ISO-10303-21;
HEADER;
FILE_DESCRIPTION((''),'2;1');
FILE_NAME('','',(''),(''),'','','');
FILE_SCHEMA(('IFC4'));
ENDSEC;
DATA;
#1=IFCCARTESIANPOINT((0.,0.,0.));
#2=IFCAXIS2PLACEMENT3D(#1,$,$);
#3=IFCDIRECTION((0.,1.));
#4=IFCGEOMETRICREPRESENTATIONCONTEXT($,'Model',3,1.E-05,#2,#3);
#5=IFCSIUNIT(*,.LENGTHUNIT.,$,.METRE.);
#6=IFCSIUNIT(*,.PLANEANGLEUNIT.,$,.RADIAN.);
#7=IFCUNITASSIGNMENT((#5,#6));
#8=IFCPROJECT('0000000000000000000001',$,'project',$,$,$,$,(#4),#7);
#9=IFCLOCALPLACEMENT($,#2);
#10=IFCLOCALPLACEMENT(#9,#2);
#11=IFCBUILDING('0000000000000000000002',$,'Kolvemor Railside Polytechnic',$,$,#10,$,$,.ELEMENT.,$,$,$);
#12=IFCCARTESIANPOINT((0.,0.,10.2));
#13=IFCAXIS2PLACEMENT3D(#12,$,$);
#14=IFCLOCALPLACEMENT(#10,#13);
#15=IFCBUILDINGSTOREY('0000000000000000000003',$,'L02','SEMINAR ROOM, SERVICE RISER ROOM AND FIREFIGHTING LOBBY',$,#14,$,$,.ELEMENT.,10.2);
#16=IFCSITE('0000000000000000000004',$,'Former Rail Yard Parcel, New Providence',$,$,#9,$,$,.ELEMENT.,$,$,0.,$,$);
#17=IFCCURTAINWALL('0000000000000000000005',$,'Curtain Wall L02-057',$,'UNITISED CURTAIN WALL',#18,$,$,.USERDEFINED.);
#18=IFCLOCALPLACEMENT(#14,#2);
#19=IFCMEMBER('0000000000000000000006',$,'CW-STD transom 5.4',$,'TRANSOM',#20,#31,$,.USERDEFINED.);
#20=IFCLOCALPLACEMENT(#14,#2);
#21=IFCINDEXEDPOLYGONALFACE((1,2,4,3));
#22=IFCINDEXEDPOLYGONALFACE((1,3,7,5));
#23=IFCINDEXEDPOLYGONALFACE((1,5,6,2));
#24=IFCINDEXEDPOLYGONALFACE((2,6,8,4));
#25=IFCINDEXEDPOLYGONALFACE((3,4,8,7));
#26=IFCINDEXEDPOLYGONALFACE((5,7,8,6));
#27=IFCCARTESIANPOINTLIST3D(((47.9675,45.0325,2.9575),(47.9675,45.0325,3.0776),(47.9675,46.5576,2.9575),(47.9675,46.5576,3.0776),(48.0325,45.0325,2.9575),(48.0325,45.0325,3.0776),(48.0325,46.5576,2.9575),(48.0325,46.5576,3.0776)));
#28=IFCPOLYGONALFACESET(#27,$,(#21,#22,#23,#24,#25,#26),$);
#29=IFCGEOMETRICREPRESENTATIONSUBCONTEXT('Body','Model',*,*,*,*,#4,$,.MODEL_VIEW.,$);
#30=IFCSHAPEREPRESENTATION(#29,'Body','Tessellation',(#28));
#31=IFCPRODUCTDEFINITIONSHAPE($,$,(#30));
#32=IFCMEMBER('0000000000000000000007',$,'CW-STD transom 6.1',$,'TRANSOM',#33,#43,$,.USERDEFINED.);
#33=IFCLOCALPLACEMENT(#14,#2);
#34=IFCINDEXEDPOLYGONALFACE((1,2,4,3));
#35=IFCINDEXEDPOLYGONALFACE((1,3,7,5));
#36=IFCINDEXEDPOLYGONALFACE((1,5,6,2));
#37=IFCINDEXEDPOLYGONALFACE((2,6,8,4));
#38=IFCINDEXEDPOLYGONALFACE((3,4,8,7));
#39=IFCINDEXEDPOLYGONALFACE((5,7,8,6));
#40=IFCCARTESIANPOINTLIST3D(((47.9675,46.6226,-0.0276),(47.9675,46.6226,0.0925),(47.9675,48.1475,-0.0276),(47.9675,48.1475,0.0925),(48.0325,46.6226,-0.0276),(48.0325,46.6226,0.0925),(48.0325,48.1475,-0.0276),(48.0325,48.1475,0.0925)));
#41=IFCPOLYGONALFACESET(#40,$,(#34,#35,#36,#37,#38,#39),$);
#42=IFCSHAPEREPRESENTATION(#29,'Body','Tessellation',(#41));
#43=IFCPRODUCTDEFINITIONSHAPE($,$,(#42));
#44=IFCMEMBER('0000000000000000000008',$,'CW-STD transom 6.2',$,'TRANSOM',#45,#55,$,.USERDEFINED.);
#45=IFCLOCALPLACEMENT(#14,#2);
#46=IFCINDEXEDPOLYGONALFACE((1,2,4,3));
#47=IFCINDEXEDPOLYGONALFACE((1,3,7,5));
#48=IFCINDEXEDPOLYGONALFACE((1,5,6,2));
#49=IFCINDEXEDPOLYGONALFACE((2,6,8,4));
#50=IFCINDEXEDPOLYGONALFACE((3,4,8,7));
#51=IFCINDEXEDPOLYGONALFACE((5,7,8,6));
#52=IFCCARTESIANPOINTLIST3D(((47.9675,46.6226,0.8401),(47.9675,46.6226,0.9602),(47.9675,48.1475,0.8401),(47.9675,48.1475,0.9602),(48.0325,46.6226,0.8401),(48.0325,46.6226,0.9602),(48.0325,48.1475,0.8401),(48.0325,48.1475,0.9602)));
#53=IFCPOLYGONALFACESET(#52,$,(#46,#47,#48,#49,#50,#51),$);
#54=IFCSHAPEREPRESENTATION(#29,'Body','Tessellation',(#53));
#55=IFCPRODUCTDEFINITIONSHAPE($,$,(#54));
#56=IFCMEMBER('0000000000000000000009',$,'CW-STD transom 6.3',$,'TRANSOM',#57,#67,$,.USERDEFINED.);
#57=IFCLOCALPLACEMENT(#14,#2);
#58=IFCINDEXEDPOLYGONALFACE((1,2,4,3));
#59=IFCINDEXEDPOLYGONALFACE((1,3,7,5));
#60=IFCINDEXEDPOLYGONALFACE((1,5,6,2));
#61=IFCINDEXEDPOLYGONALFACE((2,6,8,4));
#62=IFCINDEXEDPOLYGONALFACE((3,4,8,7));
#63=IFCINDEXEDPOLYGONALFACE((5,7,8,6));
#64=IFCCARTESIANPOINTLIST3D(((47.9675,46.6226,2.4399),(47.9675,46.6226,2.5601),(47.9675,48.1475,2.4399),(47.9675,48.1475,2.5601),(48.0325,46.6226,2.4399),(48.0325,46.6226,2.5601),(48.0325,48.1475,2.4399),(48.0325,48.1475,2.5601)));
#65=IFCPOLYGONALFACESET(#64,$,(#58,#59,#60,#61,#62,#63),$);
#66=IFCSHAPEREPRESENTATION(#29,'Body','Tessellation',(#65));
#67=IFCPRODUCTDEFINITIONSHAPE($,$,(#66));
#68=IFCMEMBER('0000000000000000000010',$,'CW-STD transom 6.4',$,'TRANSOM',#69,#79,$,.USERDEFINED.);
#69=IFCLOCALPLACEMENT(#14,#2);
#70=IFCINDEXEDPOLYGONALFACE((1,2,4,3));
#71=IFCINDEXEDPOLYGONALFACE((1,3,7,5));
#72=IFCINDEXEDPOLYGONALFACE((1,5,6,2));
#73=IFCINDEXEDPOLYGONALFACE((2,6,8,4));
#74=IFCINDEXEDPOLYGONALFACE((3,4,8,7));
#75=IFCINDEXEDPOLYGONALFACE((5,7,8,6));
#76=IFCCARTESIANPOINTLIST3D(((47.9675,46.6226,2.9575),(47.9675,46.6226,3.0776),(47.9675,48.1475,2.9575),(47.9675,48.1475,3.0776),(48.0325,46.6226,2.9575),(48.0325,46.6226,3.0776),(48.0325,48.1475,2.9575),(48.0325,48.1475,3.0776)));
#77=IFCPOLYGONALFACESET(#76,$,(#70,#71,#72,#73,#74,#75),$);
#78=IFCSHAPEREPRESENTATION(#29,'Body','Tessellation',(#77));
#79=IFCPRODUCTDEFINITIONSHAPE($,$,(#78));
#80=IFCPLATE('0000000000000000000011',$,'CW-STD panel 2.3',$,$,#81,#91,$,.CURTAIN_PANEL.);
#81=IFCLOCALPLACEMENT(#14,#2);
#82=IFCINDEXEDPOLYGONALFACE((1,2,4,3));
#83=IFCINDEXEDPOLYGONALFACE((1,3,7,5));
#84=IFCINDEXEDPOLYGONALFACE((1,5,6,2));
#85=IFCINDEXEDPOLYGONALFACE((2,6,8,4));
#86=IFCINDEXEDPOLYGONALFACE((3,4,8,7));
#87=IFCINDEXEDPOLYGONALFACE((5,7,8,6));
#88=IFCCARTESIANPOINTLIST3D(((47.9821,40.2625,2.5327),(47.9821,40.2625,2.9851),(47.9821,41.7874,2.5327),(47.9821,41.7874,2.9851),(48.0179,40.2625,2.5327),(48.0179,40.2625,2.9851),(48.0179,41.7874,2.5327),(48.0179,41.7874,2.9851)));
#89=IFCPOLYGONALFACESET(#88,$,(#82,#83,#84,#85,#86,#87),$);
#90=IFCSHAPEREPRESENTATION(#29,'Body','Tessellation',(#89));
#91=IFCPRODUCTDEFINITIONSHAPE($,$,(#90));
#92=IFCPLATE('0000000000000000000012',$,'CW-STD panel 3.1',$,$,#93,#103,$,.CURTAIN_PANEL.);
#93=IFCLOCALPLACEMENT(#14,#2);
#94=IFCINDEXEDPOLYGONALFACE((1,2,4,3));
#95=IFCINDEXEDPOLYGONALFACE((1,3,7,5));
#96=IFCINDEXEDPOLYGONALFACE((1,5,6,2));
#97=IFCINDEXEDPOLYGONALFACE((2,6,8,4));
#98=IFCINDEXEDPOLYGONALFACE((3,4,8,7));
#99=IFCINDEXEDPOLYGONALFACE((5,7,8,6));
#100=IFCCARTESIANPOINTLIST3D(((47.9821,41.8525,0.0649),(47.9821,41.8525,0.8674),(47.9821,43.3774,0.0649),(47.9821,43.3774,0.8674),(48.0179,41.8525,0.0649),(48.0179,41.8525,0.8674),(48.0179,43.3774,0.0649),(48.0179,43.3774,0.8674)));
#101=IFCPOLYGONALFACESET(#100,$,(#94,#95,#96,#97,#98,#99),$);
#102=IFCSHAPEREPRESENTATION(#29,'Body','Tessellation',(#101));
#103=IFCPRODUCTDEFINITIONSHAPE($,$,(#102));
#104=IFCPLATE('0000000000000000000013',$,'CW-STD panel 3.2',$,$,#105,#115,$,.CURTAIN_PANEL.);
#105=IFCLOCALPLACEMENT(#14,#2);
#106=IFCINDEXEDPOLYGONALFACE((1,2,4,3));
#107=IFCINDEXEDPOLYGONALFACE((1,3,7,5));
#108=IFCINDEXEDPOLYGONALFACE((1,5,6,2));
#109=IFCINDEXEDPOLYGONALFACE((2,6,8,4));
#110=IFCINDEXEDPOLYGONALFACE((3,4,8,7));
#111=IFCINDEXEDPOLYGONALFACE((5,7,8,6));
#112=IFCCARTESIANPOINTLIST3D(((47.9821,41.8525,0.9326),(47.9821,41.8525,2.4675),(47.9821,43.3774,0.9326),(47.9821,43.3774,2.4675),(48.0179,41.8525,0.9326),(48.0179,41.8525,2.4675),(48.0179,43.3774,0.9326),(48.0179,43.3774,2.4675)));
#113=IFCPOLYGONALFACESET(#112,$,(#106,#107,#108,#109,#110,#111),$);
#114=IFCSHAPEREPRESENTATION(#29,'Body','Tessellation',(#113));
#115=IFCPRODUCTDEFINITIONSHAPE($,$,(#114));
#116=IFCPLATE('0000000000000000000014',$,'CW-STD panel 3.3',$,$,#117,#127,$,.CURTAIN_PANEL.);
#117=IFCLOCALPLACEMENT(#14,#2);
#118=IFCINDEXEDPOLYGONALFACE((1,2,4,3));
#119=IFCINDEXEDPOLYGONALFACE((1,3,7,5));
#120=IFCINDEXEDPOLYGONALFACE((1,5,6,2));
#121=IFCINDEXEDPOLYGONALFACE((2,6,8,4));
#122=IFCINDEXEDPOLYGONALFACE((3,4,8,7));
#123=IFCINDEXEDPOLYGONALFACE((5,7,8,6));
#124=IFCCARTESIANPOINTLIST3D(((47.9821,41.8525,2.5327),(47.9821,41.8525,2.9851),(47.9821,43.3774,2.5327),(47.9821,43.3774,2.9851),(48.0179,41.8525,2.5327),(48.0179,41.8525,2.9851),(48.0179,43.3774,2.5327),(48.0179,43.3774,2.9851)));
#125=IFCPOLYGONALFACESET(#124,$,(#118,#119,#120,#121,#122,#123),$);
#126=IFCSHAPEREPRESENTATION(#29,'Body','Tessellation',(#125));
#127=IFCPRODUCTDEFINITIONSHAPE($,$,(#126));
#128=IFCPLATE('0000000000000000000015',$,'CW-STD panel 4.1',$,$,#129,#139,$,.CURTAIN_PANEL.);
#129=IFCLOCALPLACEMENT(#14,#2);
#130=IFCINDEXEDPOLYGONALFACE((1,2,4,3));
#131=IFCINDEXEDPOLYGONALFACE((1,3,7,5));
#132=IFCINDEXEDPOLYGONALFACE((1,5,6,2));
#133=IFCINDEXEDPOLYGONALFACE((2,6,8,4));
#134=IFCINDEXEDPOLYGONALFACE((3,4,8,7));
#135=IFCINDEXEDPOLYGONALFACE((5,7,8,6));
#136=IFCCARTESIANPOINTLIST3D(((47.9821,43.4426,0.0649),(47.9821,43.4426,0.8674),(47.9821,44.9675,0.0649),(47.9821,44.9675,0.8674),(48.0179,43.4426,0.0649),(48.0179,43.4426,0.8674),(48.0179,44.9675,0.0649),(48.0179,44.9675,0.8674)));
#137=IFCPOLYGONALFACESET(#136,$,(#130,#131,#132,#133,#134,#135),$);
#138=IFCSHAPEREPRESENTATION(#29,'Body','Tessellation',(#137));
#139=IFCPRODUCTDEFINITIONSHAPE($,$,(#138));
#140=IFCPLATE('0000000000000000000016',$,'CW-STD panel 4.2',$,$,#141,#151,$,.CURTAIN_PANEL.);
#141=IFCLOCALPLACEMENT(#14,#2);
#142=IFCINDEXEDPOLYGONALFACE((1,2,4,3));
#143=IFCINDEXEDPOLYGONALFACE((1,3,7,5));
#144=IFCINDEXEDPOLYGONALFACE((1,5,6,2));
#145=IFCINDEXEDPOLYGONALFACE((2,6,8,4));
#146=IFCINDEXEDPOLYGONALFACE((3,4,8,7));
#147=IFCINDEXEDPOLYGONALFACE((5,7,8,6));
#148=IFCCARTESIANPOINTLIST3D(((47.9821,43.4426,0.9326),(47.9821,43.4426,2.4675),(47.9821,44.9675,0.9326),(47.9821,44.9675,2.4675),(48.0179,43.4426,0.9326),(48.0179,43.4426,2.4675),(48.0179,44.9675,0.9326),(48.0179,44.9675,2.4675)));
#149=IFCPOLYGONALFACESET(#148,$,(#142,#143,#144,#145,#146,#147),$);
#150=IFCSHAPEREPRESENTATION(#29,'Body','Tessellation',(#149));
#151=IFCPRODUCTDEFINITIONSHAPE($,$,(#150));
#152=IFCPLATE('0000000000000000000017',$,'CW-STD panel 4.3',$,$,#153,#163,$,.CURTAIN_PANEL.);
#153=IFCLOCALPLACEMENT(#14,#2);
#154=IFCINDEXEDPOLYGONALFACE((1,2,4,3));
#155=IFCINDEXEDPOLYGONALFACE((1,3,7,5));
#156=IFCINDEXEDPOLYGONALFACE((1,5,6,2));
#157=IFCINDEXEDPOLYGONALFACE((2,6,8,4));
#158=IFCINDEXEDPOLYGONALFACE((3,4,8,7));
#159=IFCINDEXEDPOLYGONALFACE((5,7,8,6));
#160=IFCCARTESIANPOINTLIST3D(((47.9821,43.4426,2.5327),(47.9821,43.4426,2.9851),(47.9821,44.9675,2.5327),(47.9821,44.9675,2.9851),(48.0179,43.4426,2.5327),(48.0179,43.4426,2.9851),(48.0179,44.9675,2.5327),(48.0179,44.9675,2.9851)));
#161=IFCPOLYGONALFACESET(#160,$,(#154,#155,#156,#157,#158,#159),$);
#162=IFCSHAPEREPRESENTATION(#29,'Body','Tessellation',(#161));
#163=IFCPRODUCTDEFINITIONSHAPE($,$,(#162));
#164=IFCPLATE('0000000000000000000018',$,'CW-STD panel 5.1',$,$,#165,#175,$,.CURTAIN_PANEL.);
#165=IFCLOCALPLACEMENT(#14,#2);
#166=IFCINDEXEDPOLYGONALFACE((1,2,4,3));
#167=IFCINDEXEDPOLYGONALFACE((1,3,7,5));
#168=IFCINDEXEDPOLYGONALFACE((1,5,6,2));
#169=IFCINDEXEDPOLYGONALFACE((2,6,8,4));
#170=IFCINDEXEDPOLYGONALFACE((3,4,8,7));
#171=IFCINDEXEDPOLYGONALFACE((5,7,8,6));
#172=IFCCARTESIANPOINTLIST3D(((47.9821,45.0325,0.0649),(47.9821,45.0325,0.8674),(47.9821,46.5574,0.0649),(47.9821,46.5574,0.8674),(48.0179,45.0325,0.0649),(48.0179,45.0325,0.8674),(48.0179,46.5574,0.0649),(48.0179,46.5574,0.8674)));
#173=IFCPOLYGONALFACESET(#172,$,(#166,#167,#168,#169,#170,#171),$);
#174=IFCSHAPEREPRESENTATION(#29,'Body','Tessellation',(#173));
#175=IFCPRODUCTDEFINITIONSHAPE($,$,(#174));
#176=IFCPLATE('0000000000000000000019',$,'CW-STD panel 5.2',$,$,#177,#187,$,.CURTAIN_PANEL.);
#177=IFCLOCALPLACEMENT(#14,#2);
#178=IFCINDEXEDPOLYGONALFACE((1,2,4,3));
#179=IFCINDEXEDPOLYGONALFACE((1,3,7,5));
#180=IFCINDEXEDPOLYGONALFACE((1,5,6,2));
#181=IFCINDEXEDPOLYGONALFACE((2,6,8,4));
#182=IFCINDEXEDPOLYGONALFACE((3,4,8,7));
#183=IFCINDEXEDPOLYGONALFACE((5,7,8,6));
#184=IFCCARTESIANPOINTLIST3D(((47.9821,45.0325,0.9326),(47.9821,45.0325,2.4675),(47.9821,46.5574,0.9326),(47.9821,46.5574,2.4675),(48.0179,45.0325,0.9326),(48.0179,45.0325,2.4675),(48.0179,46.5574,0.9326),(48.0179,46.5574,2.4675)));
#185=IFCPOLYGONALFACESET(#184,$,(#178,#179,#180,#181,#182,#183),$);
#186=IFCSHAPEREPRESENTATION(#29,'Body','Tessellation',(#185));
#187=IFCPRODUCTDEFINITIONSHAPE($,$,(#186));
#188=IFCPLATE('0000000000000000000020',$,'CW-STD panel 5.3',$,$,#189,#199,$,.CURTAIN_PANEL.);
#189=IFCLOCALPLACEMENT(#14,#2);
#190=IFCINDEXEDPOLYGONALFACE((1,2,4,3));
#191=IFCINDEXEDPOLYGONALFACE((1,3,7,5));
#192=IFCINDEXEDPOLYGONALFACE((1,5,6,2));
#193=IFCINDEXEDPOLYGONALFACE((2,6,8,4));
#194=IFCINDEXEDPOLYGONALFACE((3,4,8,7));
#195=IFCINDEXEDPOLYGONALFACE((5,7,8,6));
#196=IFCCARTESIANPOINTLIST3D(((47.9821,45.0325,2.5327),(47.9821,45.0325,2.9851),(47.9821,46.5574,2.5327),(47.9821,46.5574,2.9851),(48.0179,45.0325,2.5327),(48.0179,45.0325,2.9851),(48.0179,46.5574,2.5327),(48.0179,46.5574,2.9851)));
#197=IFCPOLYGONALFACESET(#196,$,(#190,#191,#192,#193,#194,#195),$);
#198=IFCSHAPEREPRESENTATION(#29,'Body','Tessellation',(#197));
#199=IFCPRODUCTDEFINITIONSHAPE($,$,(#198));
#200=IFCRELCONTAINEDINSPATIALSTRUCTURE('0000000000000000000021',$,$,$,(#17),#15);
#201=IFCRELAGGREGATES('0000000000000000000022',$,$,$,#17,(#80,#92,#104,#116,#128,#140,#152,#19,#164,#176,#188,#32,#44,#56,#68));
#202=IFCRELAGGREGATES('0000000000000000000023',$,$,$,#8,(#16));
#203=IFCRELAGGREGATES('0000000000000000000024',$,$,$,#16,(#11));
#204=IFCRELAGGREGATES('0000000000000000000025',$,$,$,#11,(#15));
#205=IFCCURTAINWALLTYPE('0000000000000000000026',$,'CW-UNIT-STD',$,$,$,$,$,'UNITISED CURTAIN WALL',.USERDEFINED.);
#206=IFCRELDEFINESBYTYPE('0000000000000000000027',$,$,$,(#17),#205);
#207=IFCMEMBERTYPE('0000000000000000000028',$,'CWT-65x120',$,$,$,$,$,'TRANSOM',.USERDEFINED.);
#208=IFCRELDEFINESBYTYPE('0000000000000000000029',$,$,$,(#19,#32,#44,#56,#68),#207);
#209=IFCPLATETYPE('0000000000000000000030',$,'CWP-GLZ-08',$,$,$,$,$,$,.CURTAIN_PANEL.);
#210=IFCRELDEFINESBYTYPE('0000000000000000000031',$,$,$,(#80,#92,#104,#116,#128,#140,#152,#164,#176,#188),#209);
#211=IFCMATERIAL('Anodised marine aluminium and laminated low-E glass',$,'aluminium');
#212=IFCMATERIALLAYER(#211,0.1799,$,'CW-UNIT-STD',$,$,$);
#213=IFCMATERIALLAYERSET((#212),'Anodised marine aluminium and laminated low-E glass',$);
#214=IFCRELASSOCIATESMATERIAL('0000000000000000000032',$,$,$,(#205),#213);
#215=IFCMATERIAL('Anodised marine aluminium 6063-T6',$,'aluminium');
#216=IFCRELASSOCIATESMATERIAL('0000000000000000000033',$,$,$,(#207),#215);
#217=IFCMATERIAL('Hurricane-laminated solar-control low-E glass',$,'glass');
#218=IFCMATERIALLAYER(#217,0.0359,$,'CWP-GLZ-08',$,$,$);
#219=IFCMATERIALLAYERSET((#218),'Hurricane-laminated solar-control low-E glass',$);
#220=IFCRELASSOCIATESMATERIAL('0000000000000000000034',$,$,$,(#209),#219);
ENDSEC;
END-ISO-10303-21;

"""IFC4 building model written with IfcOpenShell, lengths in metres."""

from ifc_helpers import new_model, si_unit, direction, frame, origin, origin_2d, place, context, subcontext, project, spatial, rectangle, extrude, material, layer, layer_set, material_profile, profile_set, type_object, element, aggregate, save


model = new_model("IFC4")

# Units and contexts
model_context = context("Model", 3, precision=1e-05, world=origin(), true_north=direction((0.0, 1.0)))
body_context = subcontext(model_context, "Body", "Model", "MODEL_VIEW")
ifc_project = project(units=[si_unit("LENGTHUNIT", "METRE"), si_unit("PLANEANGLEUNIT", "RADIAN")], contexts=[model_context])

# Site, building, storey
site_placement = place(None, origin())
site = spatial("IfcSite", under=ifc_project, at=site_placement, Name="Former Rail Yard Parcel, New Providence", CompositionType="ELEMENT", RefElevation=0.0)
building_placement = place(site_placement, origin())
building = spatial("IfcBuilding", under=site, at=building_placement, Name="Kolvemor Railside Polytechnic", CompositionType="ELEMENT")
storey_placement = place(building_placement, frame((0.0, 0.0, 10.2)))
storey = spatial("IfcBuildingStorey", under=building, at=storey_placement, Name="L02", Description="SEMINAR ROOM, SERVICE RISER ROOM AND FIREFIGHTING LOBBY", CompositionType="ELEMENT", Elevation=10.2)

# Curtain wall, members, plates
ifc_material_1 = material(Name="Anodised marine aluminium and laminated low-E glass", Category="aluminium")
ifc_layer_1 = layer(ifc_material_1, 0.1799, Name="CW-UNIT-STD")
ifc_layer_set_1 = layer_set([ifc_layer_1], Name="Anodised marine aluminium and laminated low-E glass")
curtain_wall_type = type_object("IfcCurtainWallType", Name="CW-UNIT-STD", ElementType="UNITISED CURTAIN WALL", PredefinedType="USERDEFINED", material=ifc_layer_set_1)
curtain_wall_placement = place(storey_placement, origin())
curtain_wall = element("IfcCurtainWall", 1, at=curtain_wall_placement, inside=storey, type_object=curtain_wall_type, Name="Curtain Wall L02-057", ObjectType="UNITISED CURTAIN WALL", PredefinedType="USERDEFINED")
ifc_material_2 = material(Name="Anodised marine aluminium 6063-T6", Category="aluminium")
ifc_material_profile_1 = material_profile(ifc_material_2, rectangle(XDim=0.0649, YDim=0.1201, at=origin_2d()), Name="CW-TRN-65x120")
ifc_profile_set_1 = profile_set([ifc_material_profile_1], Name="Anodised marine aluminium 6063-T6")
member_type_1 = type_object("IfcMemberType", Name="CWT-65x120", ElementType="TRANSOM", PredefinedType="USERDEFINED", material=ifc_profile_set_1)
member_1_placement = place(storey_placement, frame((48.0, 45.0325, 3.0176), z_axis=(0.0, 1.0, 0.0), x_axis=(-1.0, 0.0, 0.0)))
member_1 = element("IfcMember", 2, at=member_1_placement, type_object=member_type_1, Name="CW-STD transom 5.4", ObjectType="TRANSOM", PredefinedType="USERDEFINED", context=body_context, shape_type="SweptSolid", body=[
    extrude(rectangle(XDim=0.0649, YDim=0.1201, at=origin_2d()), origin(), (0.0, 0.0, 1.0), 1.5251),
])
member_2_placement = place(storey_placement, frame((48.0, 46.6226, 0.0325), z_axis=(0.0, 1.0, 0.0), x_axis=(-1.0, 0.0, 0.0)))
member_2 = element("IfcMember", 3, at=member_2_placement, type_object=member_type_1, Name="CW-STD transom 6.1", ObjectType="TRANSOM", PredefinedType="USERDEFINED", context=body_context, shape_type="SweptSolid", body=[
    extrude(rectangle(XDim=0.0649, YDim=0.1201, at=origin_2d()), origin(), (0.0, 0.0, 1.0), 1.5249),
])
member_3_placement = place(storey_placement, frame((48.0, 46.6226, 0.9001), z_axis=(0.0, 1.0, 0.0), x_axis=(-1.0, 0.0, 0.0)))
member_3 = element("IfcMember", 4, at=member_3_placement, type_object=member_type_1, Name="CW-STD transom 6.2", ObjectType="TRANSOM", PredefinedType="USERDEFINED", context=body_context, shape_type="SweptSolid", body=[
    extrude(rectangle(XDim=0.0649, YDim=0.1201, at=origin_2d()), origin(), (0.0, 0.0, 1.0), 1.5249),
])
member_4_placement = place(storey_placement, frame((48.0, 46.6226, 2.5), z_axis=(0.0, 1.0, 0.0), x_axis=(-1.0, 0.0, 0.0)))
member_4 = element("IfcMember", 5, at=member_4_placement, type_object=member_type_1, Name="CW-STD transom 6.3", ObjectType="TRANSOM", PredefinedType="USERDEFINED", context=body_context, shape_type="SweptSolid", body=[
    extrude(rectangle(XDim=0.0649, YDim=0.1201, at=origin_2d()), origin(), (0.0, 0.0, 1.0), 1.5249),
])
member_5_placement = place(storey_placement, frame((48.0, 46.6226, 3.0176), z_axis=(0.0, 1.0, 0.0), x_axis=(-1.0, 0.0, 0.0)))
member_5 = element("IfcMember", 6, at=member_5_placement, type_object=member_type_1, Name="CW-STD transom 6.4", ObjectType="TRANSOM", PredefinedType="USERDEFINED", context=body_context, shape_type="SweptSolid", body=[
    extrude(rectangle(XDim=0.0649, YDim=0.1201, at=origin_2d()), origin(), (0.0, 0.0, 1.0), 1.5249),
])
ifc_material_3 = material(Name="Hurricane-laminated solar-control low-E glass", Category="glass")
ifc_layer_2 = layer(ifc_material_3, 0.0359, Name="CWP-GLZ-08")
ifc_layer_set_2 = layer_set([ifc_layer_2], Name="Hurricane-laminated solar-control low-E glass")
plate_type = type_object("IfcPlateType", Name="CWP-GLZ-08", PredefinedType="CURTAIN_PANEL", material=ifc_layer_set_2)
plate_1_placement = place(storey_placement, frame((48.0, 41.0249, 2.5327), z_axis=(0.0, 0.0, 1.0), x_axis=(0.0, 1.0, 0.0)))
plate_1 = element("IfcPlate", 7, at=plate_1_placement, type_object=plate_type, Name="CW-STD panel 2.3", PredefinedType="CURTAIN_PANEL", context=body_context, shape_type="SweptSolid", body=[
    extrude(rectangle(XDim=1.5249, YDim=0.0359, at=origin_2d()), origin(), (0.0, 0.0, 1.0), 0.4524),
])
plate_2_placement = place(storey_placement, frame((48.0, 42.615, 0.0649), z_axis=(0.0, 0.0, 1.0), x_axis=(0.0, 1.0, 0.0)))
plate_2 = element("IfcPlate", 8, at=plate_2_placement, type_object=plate_type, Name="CW-STD panel 3.1", PredefinedType="CURTAIN_PANEL", context=body_context, shape_type="SweptSolid", body=[
    extrude(rectangle(XDim=1.5249, YDim=0.0359, at=origin_2d()), origin(), (0.0, 0.0, 1.0), 0.8025),
])
plate_3_placement = place(storey_placement, frame((48.0, 42.615, 0.9326), z_axis=(0.0, 0.0, 1.0), x_axis=(0.0, 1.0, 0.0)))
plate_3 = element("IfcPlate", 9, at=plate_3_placement, type_object=plate_type, Name="CW-STD panel 3.2", PredefinedType="CURTAIN_PANEL", context=body_context, shape_type="SweptSolid", body=[
    extrude(rectangle(XDim=1.5249, YDim=0.0359, at=origin_2d()), origin(), (0.0, 0.0, 1.0), 1.5349),
])
plate_4_placement = place(storey_placement, frame((48.0, 42.615, 2.5327), z_axis=(0.0, 0.0, 1.0), x_axis=(0.0, 1.0, 0.0)))
plate_4 = element("IfcPlate", 10, at=plate_4_placement, type_object=plate_type, Name="CW-STD panel 3.3", PredefinedType="CURTAIN_PANEL", context=body_context, shape_type="SweptSolid", body=[
    extrude(rectangle(XDim=1.5249, YDim=0.0359, at=origin_2d()), origin(), (0.0, 0.0, 1.0), 0.4524),
])
plate_5_placement = place(storey_placement, frame((48.0, 44.2051, 0.0649), z_axis=(0.0, 0.0, 1.0), x_axis=(0.0, 1.0, 0.0)))
plate_5 = element("IfcPlate", 11, at=plate_5_placement, type_object=plate_type, Name="CW-STD panel 4.1", PredefinedType="CURTAIN_PANEL", context=body_context, shape_type="SweptSolid", body=[
    extrude(rectangle(XDim=1.5249, YDim=0.0359, at=origin_2d()), origin(), (0.0, 0.0, 1.0), 0.8025),
])
plate_6_placement = place(storey_placement, frame((48.0, 44.2051, 0.9326), z_axis=(0.0, 0.0, 1.0), x_axis=(0.0, 1.0, 0.0)))
plate_6 = element("IfcPlate", 12, at=plate_6_placement, type_object=plate_type, Name="CW-STD panel 4.2", PredefinedType="CURTAIN_PANEL", context=body_context, shape_type="SweptSolid", body=[
    extrude(rectangle(XDim=1.5249, YDim=0.0359, at=origin_2d()), origin(), (0.0, 0.0, 1.0), 1.5349),
])
plate_7_placement = place(storey_placement, frame((48.0, 44.2051, 2.5327), z_axis=(0.0, 0.0, 1.0), x_axis=(0.0, 1.0, 0.0)))
plate_7 = element("IfcPlate", 13, at=plate_7_placement, type_object=plate_type, Name="CW-STD panel 4.3", PredefinedType="CURTAIN_PANEL", context=body_context, shape_type="SweptSolid", body=[
    extrude(rectangle(XDim=1.5249, YDim=0.0359, at=origin_2d()), origin(), (0.0, 0.0, 1.0), 0.4524),
])
plate_8_placement = place(storey_placement, frame((48.0, 45.7949, 0.0649), z_axis=(0.0, 0.0, 1.0), x_axis=(0.0, 1.0, 0.0)))
plate_8 = element("IfcPlate", 14, at=plate_8_placement, type_object=plate_type, Name="CW-STD panel 5.1", PredefinedType="CURTAIN_PANEL", context=body_context, shape_type="SweptSolid", body=[
    extrude(rectangle(XDim=1.5249, YDim=0.0359, at=origin_2d()), origin(), (0.0, 0.0, 1.0), 0.8025),
])
plate_9_placement = place(storey_placement, frame((48.0, 45.7949, 0.9326), z_axis=(0.0, 0.0, 1.0), x_axis=(0.0, 1.0, 0.0)))
plate_9 = element("IfcPlate", 15, at=plate_9_placement, type_object=plate_type, Name="CW-STD panel 5.2", PredefinedType="CURTAIN_PANEL", context=body_context, shape_type="SweptSolid", body=[
    extrude(rectangle(XDim=1.5249, YDim=0.0359, at=origin_2d()), origin(), (0.0, 0.0, 1.0), 1.5349),
])
plate_10_placement = place(storey_placement, frame((48.0, 45.7949, 2.5327), z_axis=(0.0, 0.0, 1.0), x_axis=(0.0, 1.0, 0.0)))
plate_10 = element("IfcPlate", 16, at=plate_10_placement, type_object=plate_type, Name="CW-STD panel 5.3", PredefinedType="CURTAIN_PANEL", context=body_context, shape_type="SweptSolid", body=[
    extrude(rectangle(XDim=1.5249, YDim=0.0359, at=origin_2d()), origin(), (0.0, 0.0, 1.0), 0.4524),
])
aggregate(curtain_wall, [plate_1, plate_2, plate_3, plate_4, plate_5, plate_6, plate_7, member_1, plate_8, plate_9, plate_10, member_2, member_3, member_4, member_5])

save(model, "model.ifc")
